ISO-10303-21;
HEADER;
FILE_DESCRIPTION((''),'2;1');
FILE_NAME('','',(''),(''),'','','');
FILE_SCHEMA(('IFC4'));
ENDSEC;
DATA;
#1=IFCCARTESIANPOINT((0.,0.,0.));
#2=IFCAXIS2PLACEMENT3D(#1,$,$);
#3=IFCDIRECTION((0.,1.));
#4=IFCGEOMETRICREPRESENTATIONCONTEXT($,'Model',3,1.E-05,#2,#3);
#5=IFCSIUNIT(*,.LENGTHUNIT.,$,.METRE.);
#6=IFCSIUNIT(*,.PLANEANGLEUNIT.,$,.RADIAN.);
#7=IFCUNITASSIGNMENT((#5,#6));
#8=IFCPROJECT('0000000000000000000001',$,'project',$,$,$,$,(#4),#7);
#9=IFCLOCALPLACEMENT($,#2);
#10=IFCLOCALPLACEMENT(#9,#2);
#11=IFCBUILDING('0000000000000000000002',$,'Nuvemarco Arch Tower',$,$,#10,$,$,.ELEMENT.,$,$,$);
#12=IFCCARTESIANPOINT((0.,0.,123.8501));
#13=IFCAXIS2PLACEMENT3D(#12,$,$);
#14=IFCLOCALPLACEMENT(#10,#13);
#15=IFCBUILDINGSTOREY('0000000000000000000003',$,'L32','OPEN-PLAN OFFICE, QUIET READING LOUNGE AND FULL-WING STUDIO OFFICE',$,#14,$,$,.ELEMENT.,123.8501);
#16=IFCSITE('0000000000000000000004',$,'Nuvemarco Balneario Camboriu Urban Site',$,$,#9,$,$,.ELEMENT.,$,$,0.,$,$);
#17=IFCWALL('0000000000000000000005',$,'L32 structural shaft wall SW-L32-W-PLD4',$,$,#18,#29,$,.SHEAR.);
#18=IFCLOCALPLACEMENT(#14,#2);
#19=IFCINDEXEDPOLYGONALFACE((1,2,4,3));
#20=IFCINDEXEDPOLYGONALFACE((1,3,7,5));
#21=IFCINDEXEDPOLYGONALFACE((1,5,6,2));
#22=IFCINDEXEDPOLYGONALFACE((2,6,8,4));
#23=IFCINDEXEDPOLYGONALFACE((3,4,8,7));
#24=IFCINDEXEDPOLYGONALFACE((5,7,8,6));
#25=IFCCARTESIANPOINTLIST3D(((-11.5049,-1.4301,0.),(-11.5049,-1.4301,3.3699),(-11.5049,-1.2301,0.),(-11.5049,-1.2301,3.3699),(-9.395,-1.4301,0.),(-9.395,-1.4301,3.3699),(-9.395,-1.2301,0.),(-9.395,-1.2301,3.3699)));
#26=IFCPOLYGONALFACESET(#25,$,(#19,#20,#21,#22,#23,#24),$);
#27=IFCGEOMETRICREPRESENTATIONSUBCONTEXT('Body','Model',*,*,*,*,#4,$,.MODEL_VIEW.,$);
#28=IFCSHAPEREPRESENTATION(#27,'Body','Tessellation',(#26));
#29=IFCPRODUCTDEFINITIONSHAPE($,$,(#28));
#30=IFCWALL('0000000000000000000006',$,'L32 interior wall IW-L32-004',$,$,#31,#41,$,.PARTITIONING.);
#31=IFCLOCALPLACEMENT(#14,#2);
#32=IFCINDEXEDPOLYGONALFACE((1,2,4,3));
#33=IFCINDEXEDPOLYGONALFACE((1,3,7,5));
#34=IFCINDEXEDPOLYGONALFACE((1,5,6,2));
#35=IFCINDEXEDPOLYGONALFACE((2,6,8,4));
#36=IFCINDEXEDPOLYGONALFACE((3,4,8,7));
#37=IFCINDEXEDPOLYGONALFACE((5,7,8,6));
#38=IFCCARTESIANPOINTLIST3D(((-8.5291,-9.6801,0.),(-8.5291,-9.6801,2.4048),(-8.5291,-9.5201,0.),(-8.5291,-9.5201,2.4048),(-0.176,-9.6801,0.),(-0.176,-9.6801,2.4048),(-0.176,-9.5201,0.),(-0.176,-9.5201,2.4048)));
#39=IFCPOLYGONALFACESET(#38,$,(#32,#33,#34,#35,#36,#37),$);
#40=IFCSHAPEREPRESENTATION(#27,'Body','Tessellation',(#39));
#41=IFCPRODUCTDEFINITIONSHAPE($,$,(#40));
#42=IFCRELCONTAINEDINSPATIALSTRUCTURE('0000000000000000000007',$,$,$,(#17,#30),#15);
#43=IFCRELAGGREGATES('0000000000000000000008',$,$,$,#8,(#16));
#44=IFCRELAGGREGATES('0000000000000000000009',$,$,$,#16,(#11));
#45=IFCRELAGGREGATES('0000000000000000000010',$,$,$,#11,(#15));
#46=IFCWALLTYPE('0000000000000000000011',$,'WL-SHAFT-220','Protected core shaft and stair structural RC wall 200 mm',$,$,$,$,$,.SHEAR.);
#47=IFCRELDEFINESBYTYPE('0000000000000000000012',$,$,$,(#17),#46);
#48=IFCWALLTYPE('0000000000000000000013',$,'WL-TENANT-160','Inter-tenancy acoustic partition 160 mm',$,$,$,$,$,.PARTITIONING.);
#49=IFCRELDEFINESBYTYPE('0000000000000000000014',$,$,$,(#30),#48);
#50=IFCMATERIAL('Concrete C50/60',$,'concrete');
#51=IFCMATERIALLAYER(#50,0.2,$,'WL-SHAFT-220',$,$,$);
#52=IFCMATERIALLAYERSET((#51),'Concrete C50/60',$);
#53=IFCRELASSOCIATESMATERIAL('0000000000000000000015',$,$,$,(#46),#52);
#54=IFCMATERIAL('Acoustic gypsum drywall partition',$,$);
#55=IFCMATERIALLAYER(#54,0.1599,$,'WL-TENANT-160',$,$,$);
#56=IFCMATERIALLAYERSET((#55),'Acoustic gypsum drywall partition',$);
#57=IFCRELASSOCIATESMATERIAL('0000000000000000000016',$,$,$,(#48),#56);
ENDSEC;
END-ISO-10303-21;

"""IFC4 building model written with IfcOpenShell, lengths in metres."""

from ifc_helpers import new_model, si_unit, direction, frame, frame_2d, origin, place, context, subcontext, project, spatial, rectangle, extrude, material, layer, layer_set, type_object, element, save


model = new_model("IFC4")

# Units and contexts
model_context = context("Model", 3, precision=1e-05, world=origin(), true_north=direction((0.0, 1.0)))
body_context = subcontext(model_context, "Body", "Model", "MODEL_VIEW")
ifc_project = project(units=[si_unit("LENGTHUNIT", "METRE"), si_unit("PLANEANGLEUNIT", "RADIAN")], contexts=[model_context])

# Site, building, storey
site_placement = place(None, origin())
site = spatial("IfcSite", under=ifc_project, at=site_placement, Name="Nuvemarco Balneario Camboriu Urban Site", CompositionType="ELEMENT", RefElevation=0.0)
building_placement = place(site_placement, origin())
building = spatial("IfcBuilding", under=site, at=building_placement, Name="Nuvemarco Arch Tower", CompositionType="ELEMENT")
storey_placement = place(building_placement, frame((0.0, 0.0, 123.8501)))
storey = spatial("IfcBuildingStorey", under=building, at=storey_placement, Name="L32", Description="OPEN-PLAN OFFICE, QUIET READING LOUNGE AND FULL-WING STUDIO OFFICE", CompositionType="ELEMENT", Elevation=123.8501)

# Shared definitions
ifc_material_1 = material(Name="Concrete C50/60", Category="concrete")

# Shared definitions
ifc_layer_1 = layer(ifc_material_1, 0.2, Name="WL-SHAFT-220")
ifc_layer_set_1 = layer_set([ifc_layer_1], Name="Concrete C50/60")
wall_type_1 = type_object("IfcWallType", Name="WL-SHAFT-220", Description="Protected core shaft and stair structural RC wall 200 mm", PredefinedType="SHEAR", material=ifc_layer_set_1)

# Walls
for number, where, z_axis, x_axis, name in (
    (1, (-11.5049, -1.3301, 0.0), (0.0, 0.0, 1.0), (1.0, 0.0, 0.0), "L32 structural shaft wall SW-L32-W-PLD4"),
):
    element("IfcWall", number, at=place(storey_placement, frame(where, z_axis=z_axis, x_axis=x_axis)), inside=storey, type_object=wall_type_1, Name=name, PredefinedType="SHEAR", context=body_context, shape_type="SweptSolid", body=[
        extrude(rectangle(XDim=2.1099, YDim=0.2, at=frame_2d((1.0549, 0.0))), origin(), (0.0, 0.0, 1.0), 3.3699),
    ])
ifc_material_2 = material(Name="Acoustic gypsum drywall partition")
ifc_layer_2 = layer(ifc_material_2, 0.1599, Name="WL-TENANT-160")
ifc_layer_set_2 = layer_set([ifc_layer_2], Name="Acoustic gypsum drywall partition")
wall_type_2 = type_object("IfcWallType", Name="WL-TENANT-160", Description="Inter-tenancy acoustic partition 160 mm", PredefinedType="PARTITIONING", material=ifc_layer_set_2)
wall_1_placement = place(storey_placement, frame((-8.5291, -9.6001, 0.0), z_axis=(0.0, 0.0, 1.0), x_axis=(1.0, 0.0, 0.0)))
element("IfcWall", 2, at=wall_1_placement, inside=storey, type_object=wall_type_2, Name="L32 interior wall IW-L32-004", PredefinedType="PARTITIONING", context=body_context, shape_type="SweptSolid", body=[
    extrude(rectangle(XDim=8.353, YDim=0.1599, at=frame_2d((4.1765, 0.0))), origin(), (0.0, 0.0, 1.0), 2.4048),
])

save(model, "model.ifc")
